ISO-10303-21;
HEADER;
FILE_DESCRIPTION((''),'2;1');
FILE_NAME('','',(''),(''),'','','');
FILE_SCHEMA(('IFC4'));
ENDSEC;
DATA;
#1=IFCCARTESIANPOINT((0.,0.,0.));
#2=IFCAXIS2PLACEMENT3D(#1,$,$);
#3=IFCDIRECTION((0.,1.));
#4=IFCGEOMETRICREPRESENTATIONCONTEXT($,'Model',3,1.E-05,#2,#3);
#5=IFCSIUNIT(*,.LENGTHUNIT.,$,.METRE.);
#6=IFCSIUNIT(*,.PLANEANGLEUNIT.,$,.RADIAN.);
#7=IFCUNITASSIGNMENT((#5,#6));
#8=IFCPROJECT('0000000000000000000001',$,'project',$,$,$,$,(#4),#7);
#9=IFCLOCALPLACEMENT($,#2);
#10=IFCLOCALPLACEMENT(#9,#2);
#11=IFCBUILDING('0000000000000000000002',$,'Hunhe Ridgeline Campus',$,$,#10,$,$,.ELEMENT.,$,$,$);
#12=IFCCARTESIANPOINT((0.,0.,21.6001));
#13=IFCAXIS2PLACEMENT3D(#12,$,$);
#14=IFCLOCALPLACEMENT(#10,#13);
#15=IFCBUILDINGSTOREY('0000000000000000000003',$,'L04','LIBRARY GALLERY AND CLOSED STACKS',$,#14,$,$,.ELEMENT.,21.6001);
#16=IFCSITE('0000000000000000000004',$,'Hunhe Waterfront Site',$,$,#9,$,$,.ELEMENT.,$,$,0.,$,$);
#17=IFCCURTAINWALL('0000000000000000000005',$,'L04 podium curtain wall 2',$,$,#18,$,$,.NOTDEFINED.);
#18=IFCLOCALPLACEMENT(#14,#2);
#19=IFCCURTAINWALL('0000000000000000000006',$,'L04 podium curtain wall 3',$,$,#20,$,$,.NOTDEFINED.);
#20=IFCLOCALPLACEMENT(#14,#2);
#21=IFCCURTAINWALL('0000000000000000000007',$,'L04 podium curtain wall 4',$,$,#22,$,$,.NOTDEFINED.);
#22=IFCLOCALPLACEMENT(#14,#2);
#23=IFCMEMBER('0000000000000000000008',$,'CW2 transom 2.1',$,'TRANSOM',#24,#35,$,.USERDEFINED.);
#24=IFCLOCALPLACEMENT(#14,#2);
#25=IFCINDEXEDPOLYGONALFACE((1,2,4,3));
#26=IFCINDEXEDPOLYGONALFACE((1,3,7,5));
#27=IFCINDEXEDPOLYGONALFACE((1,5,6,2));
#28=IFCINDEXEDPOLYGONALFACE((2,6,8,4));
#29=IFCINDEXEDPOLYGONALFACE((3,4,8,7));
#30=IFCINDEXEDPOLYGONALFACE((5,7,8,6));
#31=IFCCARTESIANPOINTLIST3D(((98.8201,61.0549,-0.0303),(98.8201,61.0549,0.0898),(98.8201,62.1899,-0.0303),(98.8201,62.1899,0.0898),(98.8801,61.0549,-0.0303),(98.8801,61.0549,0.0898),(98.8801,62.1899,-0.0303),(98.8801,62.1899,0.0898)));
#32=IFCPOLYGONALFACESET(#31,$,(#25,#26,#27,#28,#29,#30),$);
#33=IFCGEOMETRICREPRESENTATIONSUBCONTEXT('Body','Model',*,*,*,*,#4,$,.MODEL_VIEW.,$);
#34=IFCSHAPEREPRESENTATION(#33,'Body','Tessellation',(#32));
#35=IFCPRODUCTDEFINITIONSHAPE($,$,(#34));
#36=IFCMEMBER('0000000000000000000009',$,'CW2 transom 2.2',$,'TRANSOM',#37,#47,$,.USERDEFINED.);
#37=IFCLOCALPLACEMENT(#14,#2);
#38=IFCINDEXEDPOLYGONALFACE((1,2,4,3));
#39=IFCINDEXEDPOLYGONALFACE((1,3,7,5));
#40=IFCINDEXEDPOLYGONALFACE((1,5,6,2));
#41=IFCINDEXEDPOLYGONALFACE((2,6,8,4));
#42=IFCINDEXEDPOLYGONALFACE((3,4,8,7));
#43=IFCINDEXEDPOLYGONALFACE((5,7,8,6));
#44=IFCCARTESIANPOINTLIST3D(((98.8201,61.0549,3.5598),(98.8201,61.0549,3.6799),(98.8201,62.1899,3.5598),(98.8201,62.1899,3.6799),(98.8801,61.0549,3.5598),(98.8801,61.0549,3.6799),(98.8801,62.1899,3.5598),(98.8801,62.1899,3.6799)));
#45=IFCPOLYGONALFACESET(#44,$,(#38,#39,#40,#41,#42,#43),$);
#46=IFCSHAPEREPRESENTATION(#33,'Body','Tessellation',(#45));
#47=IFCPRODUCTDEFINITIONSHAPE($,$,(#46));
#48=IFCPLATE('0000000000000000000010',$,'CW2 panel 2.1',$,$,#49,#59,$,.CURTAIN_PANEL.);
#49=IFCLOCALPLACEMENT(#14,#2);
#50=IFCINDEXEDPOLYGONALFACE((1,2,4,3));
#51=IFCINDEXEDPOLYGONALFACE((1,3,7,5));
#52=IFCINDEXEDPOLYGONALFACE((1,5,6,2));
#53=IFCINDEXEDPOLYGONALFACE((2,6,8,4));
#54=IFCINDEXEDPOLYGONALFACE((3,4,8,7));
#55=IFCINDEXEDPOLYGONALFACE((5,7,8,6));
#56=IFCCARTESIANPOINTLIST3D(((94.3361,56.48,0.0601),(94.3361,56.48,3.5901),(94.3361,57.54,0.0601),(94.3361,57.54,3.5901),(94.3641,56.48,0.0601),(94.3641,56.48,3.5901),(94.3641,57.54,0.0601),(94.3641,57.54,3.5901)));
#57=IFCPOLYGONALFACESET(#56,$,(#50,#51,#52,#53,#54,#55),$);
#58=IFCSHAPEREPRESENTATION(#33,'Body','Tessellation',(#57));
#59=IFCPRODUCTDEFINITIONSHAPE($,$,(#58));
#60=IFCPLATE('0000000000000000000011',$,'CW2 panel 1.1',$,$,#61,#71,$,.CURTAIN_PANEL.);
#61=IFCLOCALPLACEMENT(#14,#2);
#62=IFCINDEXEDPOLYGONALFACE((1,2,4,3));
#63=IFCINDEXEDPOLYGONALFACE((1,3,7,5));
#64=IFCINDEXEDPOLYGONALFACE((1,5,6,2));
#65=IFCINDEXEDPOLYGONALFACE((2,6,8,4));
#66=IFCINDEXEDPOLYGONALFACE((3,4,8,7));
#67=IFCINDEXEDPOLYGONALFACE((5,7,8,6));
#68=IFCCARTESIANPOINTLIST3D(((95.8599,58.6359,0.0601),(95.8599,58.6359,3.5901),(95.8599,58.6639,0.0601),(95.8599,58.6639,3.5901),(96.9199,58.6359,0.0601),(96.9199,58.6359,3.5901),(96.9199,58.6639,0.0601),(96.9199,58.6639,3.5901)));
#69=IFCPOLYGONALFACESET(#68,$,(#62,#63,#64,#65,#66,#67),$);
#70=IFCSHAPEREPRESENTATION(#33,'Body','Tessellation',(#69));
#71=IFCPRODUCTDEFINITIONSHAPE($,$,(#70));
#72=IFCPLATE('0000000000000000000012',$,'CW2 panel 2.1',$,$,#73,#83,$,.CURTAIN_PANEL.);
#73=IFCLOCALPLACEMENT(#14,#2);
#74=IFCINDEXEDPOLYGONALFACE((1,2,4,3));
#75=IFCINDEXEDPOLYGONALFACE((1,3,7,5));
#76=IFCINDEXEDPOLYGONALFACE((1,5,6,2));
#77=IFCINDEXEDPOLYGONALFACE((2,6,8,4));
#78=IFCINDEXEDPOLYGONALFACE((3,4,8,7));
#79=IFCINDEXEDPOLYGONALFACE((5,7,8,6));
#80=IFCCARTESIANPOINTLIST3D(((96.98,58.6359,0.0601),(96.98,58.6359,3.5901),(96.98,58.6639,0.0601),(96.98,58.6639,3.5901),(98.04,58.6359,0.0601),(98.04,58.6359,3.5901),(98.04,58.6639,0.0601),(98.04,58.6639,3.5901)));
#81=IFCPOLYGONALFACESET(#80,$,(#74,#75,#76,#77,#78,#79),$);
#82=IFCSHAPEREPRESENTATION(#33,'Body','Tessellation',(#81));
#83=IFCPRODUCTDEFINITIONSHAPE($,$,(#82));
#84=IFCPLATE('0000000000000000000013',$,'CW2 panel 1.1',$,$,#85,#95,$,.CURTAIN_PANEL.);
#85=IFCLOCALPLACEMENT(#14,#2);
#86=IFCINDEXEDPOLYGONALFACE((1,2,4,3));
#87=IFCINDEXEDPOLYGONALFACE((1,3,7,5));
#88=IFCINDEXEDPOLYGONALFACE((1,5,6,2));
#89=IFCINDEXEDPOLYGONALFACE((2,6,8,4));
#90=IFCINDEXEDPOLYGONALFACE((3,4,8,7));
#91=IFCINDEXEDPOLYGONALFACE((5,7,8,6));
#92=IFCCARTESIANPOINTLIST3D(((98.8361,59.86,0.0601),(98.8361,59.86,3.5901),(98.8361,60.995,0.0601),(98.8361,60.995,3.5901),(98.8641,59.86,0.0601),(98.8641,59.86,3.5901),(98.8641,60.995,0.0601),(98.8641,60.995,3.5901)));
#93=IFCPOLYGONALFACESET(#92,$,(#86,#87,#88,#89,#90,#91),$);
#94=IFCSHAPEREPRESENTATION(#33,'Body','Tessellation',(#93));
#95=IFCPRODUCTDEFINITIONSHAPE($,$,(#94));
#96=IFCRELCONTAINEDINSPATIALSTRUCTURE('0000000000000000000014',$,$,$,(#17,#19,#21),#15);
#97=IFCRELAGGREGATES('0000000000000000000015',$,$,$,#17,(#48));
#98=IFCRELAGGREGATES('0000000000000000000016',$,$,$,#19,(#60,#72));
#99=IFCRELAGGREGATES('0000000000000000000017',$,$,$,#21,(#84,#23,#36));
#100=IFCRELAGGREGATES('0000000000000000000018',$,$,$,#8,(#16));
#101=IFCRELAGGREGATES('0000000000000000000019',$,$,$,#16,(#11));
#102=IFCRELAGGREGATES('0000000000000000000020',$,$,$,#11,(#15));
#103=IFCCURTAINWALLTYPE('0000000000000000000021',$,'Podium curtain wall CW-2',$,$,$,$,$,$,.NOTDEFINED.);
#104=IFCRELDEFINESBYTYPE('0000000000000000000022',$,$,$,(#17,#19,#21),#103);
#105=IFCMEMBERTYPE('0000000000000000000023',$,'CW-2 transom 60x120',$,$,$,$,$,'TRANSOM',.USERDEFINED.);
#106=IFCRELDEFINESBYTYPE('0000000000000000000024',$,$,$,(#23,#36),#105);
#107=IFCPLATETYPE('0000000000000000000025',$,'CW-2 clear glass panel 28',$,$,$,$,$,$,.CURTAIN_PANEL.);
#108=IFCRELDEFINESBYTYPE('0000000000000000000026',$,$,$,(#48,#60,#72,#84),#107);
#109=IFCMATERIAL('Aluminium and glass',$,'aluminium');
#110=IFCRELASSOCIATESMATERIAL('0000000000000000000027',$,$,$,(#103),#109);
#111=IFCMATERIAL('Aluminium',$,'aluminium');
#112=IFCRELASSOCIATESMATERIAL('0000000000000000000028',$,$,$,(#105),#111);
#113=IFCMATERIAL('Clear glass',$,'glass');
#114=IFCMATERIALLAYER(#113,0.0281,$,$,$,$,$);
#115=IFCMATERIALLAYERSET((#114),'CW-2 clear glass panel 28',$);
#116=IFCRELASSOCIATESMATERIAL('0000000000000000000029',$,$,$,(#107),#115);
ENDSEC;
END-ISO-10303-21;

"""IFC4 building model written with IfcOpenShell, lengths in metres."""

from ifc_helpers import new_model, si_unit, direction, frame, origin, origin_2d, place, context, subcontext, project, spatial, rectangle, extrude, material, layer, layer_set, material_profile, profile_set, type_object, element, aggregate, save


model = new_model("IFC4")

# Units and contexts
model_context = context("Model", 3, precision=1e-05, world=origin(), true_north=direction((0.0, 1.0)))
body_context = subcontext(model_context, "Body", "Model", "MODEL_VIEW")
ifc_project = project(units=[si_unit("LENGTHUNIT", "METRE"), si_unit("PLANEANGLEUNIT", "RADIAN")], contexts=[model_context])

# Site, building, storey
site_placement = place(None, origin())
site = spatial("IfcSite", under=ifc_project, at=site_placement, Name="Hunhe Waterfront Site", CompositionType="ELEMENT", RefElevation=0.0)
building_placement = place(site_placement, origin())
building = spatial("IfcBuilding", under=site, at=building_placement, Name="Hunhe Ridgeline Campus", CompositionType="ELEMENT")
storey_placement = place(building_placement, frame((0.0, 0.0, 21.6001)))
storey = spatial("IfcBuildingStorey", under=building, at=storey_placement, Name="L04", Description="LIBRARY GALLERY AND CLOSED STACKS", CompositionType="ELEMENT", Elevation=21.6001)

# Curtain wall
ifc_material_1 = material(Name="Aluminium and glass", Category="aluminium")
curtain_wall_type = type_object("IfcCurtainWallType", Name="Podium curtain wall CW-2", PredefinedType="NOTDEFINED", material=ifc_material_1)
curtain_wall_1_placement = place(storey_placement, origin())
curtain_wall_1 = element("IfcCurtainWall", 1, at=curtain_wall_1_placement, inside=storey, type_object=curtain_wall_type, Name="L04 podium curtain wall 2", PredefinedType="NOTDEFINED")
ifc_material_2 = material(Name="Aluminium", Category="aluminium")

# Curtain walls
curtain_wall_2_placement = place(storey_placement, origin())
curtain_wall_2 = element("IfcCurtainWall", 2, at=curtain_wall_2_placement, inside=storey, type_object=curtain_wall_type, Name="L04 podium curtain wall 3", PredefinedType="NOTDEFINED")
curtain_wall_3_placement = place(storey_placement, origin())
curtain_wall_3 = element("IfcCurtainWall", 3, at=curtain_wall_3_placement, inside=storey, type_object=curtain_wall_type, Name="L04 podium curtain wall 4", PredefinedType="NOTDEFINED")

# Members
ifc_material_profile_1 = material_profile(ifc_material_2, rectangle(XDim=0.0601, YDim=0.1201, at=origin_2d()))
ifc_profile_set_1 = profile_set([ifc_material_profile_1], Name="Aluminium")
member_type_1 = type_object("IfcMemberType", Name="CW-2 transom 60x120", ElementType="TRANSOM", PredefinedType="USERDEFINED", material=ifc_profile_set_1)
member_1_placement = place(storey_placement, frame((98.8501, 61.0549, 0.0298), z_axis=(0.0, 1.0, 0.0), x_axis=(-1.0, 0.0, 0.0)))
member_1 = element("IfcMember", 4, at=member_1_placement, type_object=member_type_1, Name="CW2 transom 2.1", ObjectType="TRANSOM", PredefinedType="USERDEFINED", context=body_context, shape_type="SweptSolid", body=[
    extrude(rectangle(XDim=0.0601, YDim=0.1201, at=origin_2d()), origin(), (0.0, 0.0, 1.0), 1.135),
])
member_2_placement = place(storey_placement, frame((98.8501, 61.0549, 3.6199), z_axis=(0.0, 1.0, 0.0), x_axis=(-1.0, 0.0, 0.0)))
member_2 = element("IfcMember", 5, at=member_2_placement, type_object=member_type_1, Name="CW2 transom 2.2", ObjectType="TRANSOM", PredefinedType="USERDEFINED", context=body_context, shape_type="SweptSolid", body=[
    extrude(rectangle(XDim=0.0601, YDim=0.1201, at=origin_2d()), origin(), (0.0, 0.0, 1.0), 1.135),
])

# Plates
ifc_material_3 = material(Name="Clear glass", Category="glass")
ifc_layer_1 = layer(ifc_material_3, 0.0281)
ifc_layer_set_1 = layer_set([ifc_layer_1], Name="CW-2 clear glass panel 28")
plate_type = type_object("IfcPlateType", Name="CW-2 clear glass panel 28", PredefinedType="CURTAIN_PANEL", material=ifc_layer_set_1)
plate_1_placement = place(storey_placement, frame((94.3501, 57.01, 0.0601), z_axis=(0.0, 0.0, 1.0), x_axis=(0.0, 1.0, 0.0)))
plate_1 = element("IfcPlate", 6, at=plate_1_placement, type_object=plate_type, Name="CW2 panel 2.1", PredefinedType="CURTAIN_PANEL", context=body_context, shape_type="SweptSolid", body=[
    extrude(rectangle(XDim=1.0601, YDim=0.0281, at=origin_2d()), origin(), (0.0, 0.0, 1.0), 3.53),
])
aggregate(curtain_wall_1, [plate_1])
plate_2_placement = place(storey_placement, frame((96.3899, 58.6499, 0.0601), z_axis=(0.0, 0.0, 1.0), x_axis=(1.0, 0.0, 0.0)))
plate_2 = element("IfcPlate", 7, at=plate_2_placement, type_object=plate_type, Name="CW2 panel 1.1", PredefinedType="CURTAIN_PANEL", context=body_context, shape_type="SweptSolid", body=[
    extrude(rectangle(XDim=1.0601, YDim=0.0281, at=origin_2d()), origin(), (0.0, 0.0, 1.0), 3.53),
])
plate_3_placement = place(storey_placement, frame((97.51, 58.6499, 0.0601), z_axis=(0.0, 0.0, 1.0), x_axis=(1.0, 0.0, 0.0)))
plate_3 = element("IfcPlate", 8, at=plate_3_placement, type_object=plate_type, Name="CW2 panel 2.1", PredefinedType="CURTAIN_PANEL", context=body_context, shape_type="SweptSolid", body=[
    extrude(rectangle(XDim=1.0601, YDim=0.0281, at=origin_2d()), origin(), (0.0, 0.0, 1.0), 3.53),
])
aggregate(curtain_wall_2, [plate_2, plate_3])
plate_4_placement = place(storey_placement, frame((98.8501, 60.4275, 0.0601), z_axis=(0.0, 0.0, 1.0), x_axis=(0.0, 1.0, 0.0)))
plate_4 = element("IfcPlate", 9, at=plate_4_placement, type_object=plate_type, Name="CW2 panel 1.1", PredefinedType="CURTAIN_PANEL", context=body_context, shape_type="SweptSolid", body=[
    extrude(rectangle(XDim=1.135, YDim=0.0281, at=origin_2d()), origin(), (0.0, 0.0, 1.0), 3.53),
])
aggregate(curtain_wall_3, [plate_4, member_1, member_2])

save(model, "model.ifc")
